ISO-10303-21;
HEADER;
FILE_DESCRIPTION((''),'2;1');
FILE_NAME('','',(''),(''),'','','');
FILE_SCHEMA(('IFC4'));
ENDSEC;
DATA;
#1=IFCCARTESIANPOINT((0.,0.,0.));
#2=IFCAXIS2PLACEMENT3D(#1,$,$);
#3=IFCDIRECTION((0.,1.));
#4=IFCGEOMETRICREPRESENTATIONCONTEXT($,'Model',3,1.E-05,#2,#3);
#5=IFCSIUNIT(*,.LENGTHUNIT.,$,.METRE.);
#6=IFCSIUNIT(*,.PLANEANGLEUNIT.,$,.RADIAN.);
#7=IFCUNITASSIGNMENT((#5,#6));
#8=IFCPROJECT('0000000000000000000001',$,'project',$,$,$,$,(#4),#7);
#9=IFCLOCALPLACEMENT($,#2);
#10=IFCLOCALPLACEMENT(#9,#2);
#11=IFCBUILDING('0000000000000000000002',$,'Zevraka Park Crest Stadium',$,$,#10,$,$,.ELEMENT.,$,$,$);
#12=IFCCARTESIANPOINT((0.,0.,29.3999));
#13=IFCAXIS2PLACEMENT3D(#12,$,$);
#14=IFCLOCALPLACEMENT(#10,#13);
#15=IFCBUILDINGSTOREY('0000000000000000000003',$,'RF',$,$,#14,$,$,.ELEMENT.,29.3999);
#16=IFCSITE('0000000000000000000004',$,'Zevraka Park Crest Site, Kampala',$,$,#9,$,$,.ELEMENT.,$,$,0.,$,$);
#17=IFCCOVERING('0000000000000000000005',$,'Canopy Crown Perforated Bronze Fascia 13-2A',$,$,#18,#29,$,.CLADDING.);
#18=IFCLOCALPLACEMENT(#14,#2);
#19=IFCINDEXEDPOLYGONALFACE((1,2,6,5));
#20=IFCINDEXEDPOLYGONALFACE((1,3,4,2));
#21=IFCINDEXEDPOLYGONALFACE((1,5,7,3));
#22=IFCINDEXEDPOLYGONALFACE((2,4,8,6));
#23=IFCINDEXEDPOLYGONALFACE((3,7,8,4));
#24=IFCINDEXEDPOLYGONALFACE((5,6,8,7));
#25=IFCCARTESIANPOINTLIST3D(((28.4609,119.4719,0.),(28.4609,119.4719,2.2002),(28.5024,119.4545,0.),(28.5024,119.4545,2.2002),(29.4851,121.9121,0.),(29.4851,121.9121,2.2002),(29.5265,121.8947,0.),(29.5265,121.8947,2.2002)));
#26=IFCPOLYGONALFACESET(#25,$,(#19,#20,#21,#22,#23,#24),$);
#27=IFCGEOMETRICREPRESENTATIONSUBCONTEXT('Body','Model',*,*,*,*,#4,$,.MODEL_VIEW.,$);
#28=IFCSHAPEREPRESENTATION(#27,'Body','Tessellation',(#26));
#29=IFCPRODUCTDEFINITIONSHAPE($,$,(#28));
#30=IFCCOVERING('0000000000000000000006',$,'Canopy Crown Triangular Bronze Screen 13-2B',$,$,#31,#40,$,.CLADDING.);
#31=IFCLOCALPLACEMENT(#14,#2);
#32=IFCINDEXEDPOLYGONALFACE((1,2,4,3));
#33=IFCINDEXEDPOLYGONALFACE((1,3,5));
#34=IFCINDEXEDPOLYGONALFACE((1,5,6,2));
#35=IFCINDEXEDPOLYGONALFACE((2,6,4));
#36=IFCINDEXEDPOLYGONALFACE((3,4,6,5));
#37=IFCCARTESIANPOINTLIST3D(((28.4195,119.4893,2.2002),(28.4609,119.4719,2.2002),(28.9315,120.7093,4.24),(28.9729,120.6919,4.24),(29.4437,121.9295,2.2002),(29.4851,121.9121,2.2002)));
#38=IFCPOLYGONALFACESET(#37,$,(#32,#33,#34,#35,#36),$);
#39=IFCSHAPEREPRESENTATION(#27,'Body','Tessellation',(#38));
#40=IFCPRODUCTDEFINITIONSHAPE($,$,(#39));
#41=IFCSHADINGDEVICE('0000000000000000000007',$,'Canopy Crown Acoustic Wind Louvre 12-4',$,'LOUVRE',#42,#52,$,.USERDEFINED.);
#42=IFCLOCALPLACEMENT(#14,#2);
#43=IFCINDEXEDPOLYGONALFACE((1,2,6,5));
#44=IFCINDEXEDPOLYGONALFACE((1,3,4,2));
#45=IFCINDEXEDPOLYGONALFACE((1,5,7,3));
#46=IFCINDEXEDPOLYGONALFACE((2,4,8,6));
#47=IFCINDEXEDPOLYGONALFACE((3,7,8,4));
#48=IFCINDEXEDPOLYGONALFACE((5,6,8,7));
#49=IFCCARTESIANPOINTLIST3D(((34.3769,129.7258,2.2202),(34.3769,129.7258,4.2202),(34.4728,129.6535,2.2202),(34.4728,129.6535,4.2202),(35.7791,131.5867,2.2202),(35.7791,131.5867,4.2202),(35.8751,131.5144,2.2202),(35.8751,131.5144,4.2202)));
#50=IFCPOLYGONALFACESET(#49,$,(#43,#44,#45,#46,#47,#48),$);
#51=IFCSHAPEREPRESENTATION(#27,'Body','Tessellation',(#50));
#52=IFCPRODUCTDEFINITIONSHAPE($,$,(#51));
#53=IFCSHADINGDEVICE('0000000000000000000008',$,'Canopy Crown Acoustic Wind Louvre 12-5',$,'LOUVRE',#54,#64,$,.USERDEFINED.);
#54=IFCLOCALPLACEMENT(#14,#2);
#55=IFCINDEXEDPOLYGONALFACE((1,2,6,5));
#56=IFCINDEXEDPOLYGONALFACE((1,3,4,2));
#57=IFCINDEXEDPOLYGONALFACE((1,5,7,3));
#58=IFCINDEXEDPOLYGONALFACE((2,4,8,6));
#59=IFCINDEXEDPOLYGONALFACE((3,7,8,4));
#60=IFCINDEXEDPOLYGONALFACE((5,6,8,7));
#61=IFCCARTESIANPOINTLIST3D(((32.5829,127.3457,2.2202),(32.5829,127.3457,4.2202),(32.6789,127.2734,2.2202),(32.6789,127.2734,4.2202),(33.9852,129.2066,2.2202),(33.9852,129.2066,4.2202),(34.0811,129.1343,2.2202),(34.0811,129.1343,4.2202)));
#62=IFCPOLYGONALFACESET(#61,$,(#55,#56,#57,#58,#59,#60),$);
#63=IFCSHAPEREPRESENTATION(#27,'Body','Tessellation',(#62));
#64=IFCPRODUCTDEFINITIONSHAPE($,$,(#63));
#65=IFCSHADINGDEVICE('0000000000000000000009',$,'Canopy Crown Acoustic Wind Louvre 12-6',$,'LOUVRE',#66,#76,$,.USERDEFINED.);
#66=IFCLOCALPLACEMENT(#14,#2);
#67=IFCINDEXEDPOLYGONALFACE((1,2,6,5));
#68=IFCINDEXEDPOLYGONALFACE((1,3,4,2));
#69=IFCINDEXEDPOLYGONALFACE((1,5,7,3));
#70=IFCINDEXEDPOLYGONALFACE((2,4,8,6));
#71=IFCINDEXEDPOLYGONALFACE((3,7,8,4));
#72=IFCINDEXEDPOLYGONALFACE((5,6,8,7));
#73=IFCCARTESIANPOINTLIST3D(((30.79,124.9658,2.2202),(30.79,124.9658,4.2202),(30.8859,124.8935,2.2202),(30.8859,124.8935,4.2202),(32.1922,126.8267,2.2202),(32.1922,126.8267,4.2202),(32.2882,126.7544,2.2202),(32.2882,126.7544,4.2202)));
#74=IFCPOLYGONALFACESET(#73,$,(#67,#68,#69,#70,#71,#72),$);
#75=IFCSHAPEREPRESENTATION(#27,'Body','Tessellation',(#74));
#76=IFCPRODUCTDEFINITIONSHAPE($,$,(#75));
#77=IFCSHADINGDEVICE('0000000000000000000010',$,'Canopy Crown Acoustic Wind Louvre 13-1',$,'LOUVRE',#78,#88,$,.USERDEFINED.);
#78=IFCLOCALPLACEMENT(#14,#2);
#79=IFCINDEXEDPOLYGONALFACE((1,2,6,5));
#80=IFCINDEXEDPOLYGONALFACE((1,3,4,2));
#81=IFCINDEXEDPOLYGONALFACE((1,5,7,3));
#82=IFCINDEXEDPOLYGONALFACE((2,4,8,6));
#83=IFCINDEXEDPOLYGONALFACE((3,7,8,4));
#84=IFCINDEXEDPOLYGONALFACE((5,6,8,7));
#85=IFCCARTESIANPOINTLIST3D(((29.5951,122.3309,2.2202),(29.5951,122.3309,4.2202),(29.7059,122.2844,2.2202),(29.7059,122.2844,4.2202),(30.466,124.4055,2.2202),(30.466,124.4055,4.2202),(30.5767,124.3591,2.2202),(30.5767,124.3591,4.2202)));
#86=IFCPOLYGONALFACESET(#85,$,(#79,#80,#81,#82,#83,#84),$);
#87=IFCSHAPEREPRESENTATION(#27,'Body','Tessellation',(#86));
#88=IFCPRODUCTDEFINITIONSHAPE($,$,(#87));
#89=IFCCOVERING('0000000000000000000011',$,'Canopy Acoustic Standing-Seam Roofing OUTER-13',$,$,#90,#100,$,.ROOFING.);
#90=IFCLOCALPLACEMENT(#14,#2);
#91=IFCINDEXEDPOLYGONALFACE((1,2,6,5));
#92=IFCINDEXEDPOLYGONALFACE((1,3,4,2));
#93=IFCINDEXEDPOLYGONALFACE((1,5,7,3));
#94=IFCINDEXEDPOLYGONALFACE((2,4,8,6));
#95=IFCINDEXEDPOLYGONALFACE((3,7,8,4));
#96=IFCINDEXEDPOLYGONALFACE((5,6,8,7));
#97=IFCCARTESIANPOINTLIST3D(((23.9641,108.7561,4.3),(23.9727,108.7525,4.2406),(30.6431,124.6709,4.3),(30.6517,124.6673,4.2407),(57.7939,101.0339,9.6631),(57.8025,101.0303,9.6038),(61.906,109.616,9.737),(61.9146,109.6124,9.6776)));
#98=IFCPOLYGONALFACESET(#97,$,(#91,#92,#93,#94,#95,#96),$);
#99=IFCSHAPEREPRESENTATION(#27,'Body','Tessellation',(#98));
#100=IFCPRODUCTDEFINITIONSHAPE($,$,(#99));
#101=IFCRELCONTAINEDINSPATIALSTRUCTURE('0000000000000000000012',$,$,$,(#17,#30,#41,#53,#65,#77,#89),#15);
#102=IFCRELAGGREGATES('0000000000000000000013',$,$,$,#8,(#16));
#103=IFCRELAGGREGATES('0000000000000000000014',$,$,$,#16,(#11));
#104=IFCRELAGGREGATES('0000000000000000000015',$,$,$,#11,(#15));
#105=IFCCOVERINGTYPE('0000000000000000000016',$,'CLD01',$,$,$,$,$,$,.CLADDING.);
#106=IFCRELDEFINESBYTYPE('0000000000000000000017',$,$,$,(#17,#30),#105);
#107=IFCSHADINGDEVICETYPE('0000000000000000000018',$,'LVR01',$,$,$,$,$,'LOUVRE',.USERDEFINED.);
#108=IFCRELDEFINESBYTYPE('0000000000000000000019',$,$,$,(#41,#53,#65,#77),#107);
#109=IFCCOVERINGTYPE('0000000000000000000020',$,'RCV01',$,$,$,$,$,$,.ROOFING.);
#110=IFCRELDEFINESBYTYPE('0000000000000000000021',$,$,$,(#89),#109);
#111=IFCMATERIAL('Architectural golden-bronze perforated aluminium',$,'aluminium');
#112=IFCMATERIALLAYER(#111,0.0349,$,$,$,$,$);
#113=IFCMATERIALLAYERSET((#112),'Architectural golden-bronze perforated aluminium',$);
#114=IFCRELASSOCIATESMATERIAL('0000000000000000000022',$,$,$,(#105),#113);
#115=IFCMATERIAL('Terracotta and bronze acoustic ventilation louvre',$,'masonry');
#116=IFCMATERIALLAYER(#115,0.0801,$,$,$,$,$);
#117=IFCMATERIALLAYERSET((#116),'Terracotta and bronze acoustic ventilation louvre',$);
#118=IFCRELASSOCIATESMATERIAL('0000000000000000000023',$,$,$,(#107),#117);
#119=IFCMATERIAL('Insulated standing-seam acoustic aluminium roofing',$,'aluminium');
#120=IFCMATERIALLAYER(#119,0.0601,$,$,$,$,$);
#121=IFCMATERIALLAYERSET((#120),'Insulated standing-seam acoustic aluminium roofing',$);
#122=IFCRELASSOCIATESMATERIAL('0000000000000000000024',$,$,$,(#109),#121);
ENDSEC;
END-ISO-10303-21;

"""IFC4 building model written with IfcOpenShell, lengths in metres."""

from ifc_helpers import new_model, si_unit, direction, frame, origin, origin_2d, place, context, subcontext, project, spatial, polyline, rectangle, outline, extrude, material, layer, layer_set, type_object, element, save


model = new_model("IFC4")

# Units and contexts
model_context = context("Model", 3, precision=1e-05, world=origin(), true_north=direction((0.0, 1.0)))
body_context = subcontext(model_context, "Body", "Model", "MODEL_VIEW")
ifc_project = project(units=[si_unit("LENGTHUNIT", "METRE"), si_unit("PLANEANGLEUNIT", "RADIAN")], contexts=[model_context])

# Site, building, storey
site_placement = place(None, origin())
site = spatial("IfcSite", under=ifc_project, at=site_placement, Name="Zevraka Park Crest Site, Kampala", CompositionType="ELEMENT", RefElevation=0.0)
building_placement = place(site_placement, origin())
building = spatial("IfcBuilding", under=site, at=building_placement, Name="Zevraka Park Crest Stadium", CompositionType="ELEMENT")
storey_placement = place(building_placement, frame((0.0, 0.0, 29.3999)))
storey = spatial("IfcBuildingStorey", under=building, at=storey_placement, Name="RF", CompositionType="ELEMENT", Elevation=29.3999)

# Coverings
ifc_material_1 = material(Name="Architectural golden-bronze perforated aluminium", Category="aluminium")
ifc_layer_1 = layer(ifc_material_1, 0.0349)
ifc_layer_set_1 = layer_set([ifc_layer_1], Name="Architectural golden-bronze perforated aluminium")
covering_type_1 = type_object("IfcCoveringType", Name="CLD01", PredefinedType="CLADDING", material=ifc_layer_set_1)
covering_1_placement = place(storey_placement, frame((29.4851, 121.9121, 0.0), z_axis=(-0.922078, 0.387005, 0.0), x_axis=(-0.387005, -0.922078, 0.0)))
element("IfcCovering", 1, at=covering_1_placement, inside=storey, type_object=covering_type_1, Name="Canopy Crown Perforated Bronze Fascia 13-2A", PredefinedType="CLADDING", context=body_context, shape_type="SweptSolid", body=[
    extrude(outline(polyline([(0.0, 0.0), (2.6464, 0.0), (2.6464, 2.2002), (0.0, 2.2002), (0.0, 0.0)])), origin(), (0.0, 0.0, -1.0), 0.0449),
])
covering_2_placement = place(storey_placement, frame((29.4851, 121.9121, 2.2002), z_axis=(0.922078, -0.387005, 0.000032), x_axis=(-0.387005, -0.922078, 0.0)))
element("IfcCovering", 2, at=covering_2_placement, inside=storey, type_object=covering_type_1, Name="Canopy Crown Triangular Bronze Screen 13-2B", PredefinedType="CLADDING", context=body_context, shape_type="SweptSolid", body=[
    extrude(outline(polyline([(0.0, 0.0), (2.6464, 0.0), (1.3234, -2.0398), (0.0, 0.0)])), origin(), (0.0, 0.0, -1.0), 0.0449),
])

# Shading devices
ifc_material_2 = material(Name="Terracotta and bronze acoustic ventilation louvre", Category="masonry")
ifc_layer_2 = layer(ifc_material_2, 0.0801)
ifc_layer_set_2 = layer_set([ifc_layer_2], Name="Terracotta and bronze acoustic ventilation louvre")
shading_device_type = type_object("IfcShadingDeviceType", Name="LVR01", ElementType="LOUVRE", PredefinedType="USERDEFINED", material=ifc_layer_set_2)
for number, where, z_axis, x_axis, name in (
    (3, (35.126, 130.6201, 2.2202), (0.0, 0.0, 1.0), (-0.601815, -0.798636, 0.0), "Canopy Crown Acoustic Wind Louvre 12-4"),
    (4, (33.332, 128.24, 2.2202), (0.0, 0.0, 1.0), (-0.601815, -0.798636, 0.0), "Canopy Crown Acoustic Wind Louvre 12-5"),
    (5, (31.5391, 125.8601, 2.2202), (0.0, 0.0, 1.0), (-0.601815, -0.798636, 0.0), "Canopy Crown Acoustic Wind Louvre 12-6"),
):
    element("IfcShadingDevice", number, at=place(storey_placement, frame(where, z_axis=z_axis, x_axis=x_axis)), inside=storey, type_object=shading_device_type, Name=name, ObjectType="LOUVRE", PredefinedType="USERDEFINED", context=body_context, shape_type="SweptSolid", body=[
        extrude(rectangle(XDim=2.3301, YDim=0.1201, at=origin_2d()), origin(), (0.0, 0.0, 1.0), 2.0),
    ])
shading_device_placement = place(storey_placement, frame((30.0859, 123.345, 2.2202), z_axis=(0.0, 0.0, 1.0), x_axis=(-0.387033, -0.922066, 0.0)))
element("IfcShadingDevice", 6, at=shading_device_placement, inside=storey, type_object=shading_device_type, Name="Canopy Crown Acoustic Wind Louvre 13-1", ObjectType="LOUVRE", PredefinedType="USERDEFINED", context=body_context, shape_type="SweptSolid", body=[
    extrude(rectangle(XDim=2.25, YDim=0.1201, at=origin_2d()), origin(), (0.0, 0.0, 1.0), 2.0),
])

# Covering
ifc_material_3 = material(Name="Insulated standing-seam acoustic aluminium roofing", Category="aluminium")
ifc_layer_3 = layer(ifc_material_3, 0.0601)
ifc_layer_set_3 = layer_set([ifc_layer_3], Name="Insulated standing-seam acoustic aluminium roofing")
covering_type_2 = type_object("IfcCoveringType", Name="RCV01", PredefinedType="ROOFING", material=ifc_layer_set_3)
covering_3_placement = place(storey_placement, frame((30.6431, 124.6709, 4.3), z_axis=(-0.142926, 0.059976, 0.987914), x_axis=(-0.386973, -0.922091, -0.000005)))
element("IfcCovering", 7, at=covering_3_placement, inside=storey, type_object=covering_type_2, Name="Canopy Acoustic Standing-Seam Roofing OUTER-13", PredefinedType="ROOFING", context=body_context, shape_type="SweptSolid", body=[
    extrude(outline(polyline([(0.0, 0.0), (17.2595, 0.0), (11.2888, 34.6006), (1.7841, 35.0771), (0.0, 0.0)])), origin(), (0.0, 0.0, -1.0), 0.0601),
])

save(model, "model.ifc")
